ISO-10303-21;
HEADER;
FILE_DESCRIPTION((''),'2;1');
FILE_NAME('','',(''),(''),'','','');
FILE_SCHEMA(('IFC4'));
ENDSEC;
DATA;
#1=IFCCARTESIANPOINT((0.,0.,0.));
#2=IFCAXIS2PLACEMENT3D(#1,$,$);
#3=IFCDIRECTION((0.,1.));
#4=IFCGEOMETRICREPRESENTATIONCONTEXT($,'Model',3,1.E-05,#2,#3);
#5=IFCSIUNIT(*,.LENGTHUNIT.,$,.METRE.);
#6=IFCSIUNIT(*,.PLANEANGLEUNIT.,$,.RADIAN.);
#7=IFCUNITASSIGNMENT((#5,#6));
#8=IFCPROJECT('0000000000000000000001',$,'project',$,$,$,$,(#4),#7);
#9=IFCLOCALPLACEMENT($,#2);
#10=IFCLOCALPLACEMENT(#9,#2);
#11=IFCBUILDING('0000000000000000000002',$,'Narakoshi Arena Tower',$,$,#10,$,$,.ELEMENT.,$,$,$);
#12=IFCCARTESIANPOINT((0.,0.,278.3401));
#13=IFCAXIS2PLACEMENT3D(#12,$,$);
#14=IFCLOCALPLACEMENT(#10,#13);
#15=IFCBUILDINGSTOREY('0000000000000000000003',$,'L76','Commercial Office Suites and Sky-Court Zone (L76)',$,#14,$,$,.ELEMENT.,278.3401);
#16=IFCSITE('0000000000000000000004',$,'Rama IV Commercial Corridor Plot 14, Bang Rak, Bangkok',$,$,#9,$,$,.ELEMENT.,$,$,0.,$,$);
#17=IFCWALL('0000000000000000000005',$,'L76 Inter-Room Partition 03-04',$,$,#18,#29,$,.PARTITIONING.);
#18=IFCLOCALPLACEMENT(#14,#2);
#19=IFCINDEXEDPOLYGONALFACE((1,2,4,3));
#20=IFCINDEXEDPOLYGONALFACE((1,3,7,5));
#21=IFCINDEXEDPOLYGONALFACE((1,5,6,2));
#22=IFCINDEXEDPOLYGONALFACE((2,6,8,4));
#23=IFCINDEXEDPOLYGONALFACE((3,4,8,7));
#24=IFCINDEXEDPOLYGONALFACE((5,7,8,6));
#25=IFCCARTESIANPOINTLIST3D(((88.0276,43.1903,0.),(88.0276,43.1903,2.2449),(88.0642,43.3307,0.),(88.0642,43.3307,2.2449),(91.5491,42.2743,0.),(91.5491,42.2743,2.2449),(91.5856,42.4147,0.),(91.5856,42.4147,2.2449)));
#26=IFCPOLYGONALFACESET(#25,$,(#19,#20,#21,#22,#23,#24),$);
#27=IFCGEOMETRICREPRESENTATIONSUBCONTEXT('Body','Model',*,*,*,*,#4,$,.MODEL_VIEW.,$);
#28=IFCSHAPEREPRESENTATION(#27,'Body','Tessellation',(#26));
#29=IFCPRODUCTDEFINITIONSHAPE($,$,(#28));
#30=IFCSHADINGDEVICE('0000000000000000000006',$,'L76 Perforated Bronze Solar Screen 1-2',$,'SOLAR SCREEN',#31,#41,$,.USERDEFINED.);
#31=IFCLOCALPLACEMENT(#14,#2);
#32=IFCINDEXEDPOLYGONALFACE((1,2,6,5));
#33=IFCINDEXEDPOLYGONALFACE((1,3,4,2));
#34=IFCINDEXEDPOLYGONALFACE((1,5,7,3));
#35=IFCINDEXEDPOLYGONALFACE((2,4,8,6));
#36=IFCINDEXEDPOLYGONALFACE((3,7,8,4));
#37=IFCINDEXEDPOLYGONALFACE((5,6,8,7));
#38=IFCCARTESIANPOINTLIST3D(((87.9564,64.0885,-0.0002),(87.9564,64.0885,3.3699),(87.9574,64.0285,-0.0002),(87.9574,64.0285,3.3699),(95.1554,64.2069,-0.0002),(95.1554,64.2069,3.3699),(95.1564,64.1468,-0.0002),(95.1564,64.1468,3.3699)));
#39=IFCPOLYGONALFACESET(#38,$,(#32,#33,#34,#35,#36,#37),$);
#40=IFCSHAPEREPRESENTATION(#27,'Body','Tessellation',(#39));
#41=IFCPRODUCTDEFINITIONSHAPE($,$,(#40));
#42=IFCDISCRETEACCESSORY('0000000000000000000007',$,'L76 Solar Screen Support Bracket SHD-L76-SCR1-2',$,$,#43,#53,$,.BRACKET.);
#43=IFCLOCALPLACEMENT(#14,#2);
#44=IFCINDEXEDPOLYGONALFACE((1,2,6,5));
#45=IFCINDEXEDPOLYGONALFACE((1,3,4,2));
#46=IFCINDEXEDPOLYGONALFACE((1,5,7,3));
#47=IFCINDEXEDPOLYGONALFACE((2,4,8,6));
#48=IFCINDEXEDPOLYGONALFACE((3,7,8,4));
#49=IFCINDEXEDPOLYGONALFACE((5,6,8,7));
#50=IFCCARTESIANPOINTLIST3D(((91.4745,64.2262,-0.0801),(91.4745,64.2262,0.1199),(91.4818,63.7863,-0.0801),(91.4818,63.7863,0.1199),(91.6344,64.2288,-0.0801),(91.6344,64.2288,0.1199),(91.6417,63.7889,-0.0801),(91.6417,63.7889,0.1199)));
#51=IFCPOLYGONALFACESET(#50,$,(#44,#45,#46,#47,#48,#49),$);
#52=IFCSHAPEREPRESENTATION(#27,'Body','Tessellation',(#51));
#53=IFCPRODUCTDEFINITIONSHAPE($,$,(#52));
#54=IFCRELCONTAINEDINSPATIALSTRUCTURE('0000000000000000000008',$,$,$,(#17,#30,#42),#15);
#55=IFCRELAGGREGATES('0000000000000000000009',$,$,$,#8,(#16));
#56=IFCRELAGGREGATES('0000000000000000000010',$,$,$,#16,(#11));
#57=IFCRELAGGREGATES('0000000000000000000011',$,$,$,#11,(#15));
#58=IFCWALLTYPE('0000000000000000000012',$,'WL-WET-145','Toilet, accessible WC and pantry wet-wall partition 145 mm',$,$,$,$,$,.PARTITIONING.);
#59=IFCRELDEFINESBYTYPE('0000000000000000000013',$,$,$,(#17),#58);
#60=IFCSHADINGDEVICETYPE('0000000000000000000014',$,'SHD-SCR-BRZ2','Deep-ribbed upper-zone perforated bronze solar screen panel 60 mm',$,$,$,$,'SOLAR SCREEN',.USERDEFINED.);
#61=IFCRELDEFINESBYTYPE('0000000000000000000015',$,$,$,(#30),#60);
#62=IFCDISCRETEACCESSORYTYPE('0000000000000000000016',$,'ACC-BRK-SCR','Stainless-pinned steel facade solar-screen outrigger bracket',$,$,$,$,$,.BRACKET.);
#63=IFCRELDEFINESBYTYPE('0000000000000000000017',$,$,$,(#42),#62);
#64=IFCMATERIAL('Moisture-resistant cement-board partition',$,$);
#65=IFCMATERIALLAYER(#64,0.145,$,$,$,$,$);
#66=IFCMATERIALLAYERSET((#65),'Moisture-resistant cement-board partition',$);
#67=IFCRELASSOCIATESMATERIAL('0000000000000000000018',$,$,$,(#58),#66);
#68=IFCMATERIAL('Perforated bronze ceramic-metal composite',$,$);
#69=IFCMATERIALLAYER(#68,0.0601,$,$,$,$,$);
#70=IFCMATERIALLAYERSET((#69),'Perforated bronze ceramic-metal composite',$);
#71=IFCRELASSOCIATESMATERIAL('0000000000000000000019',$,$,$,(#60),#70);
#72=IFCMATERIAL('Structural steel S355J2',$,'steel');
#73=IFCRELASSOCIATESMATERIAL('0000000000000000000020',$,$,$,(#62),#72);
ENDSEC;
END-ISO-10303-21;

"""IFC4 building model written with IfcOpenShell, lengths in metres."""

from ifc_helpers import new_model, si_unit, direction, frame, frame_2d, origin, origin_2d, place, context, subcontext, project, spatial, rectangle, extrude, material, layer, layer_set, type_object, element, save


model = new_model("IFC4")

# Units and contexts
model_context = context("Model", 3, precision=1e-05, world=origin(), true_north=direction((0.0, 1.0)))
body_context = subcontext(model_context, "Body", "Model", "MODEL_VIEW")
ifc_project = project(units=[si_unit("LENGTHUNIT", "METRE"), si_unit("PLANEANGLEUNIT", "RADIAN")], contexts=[model_context])

# Site, building, storey
site_placement = place(None, origin())
site = spatial("IfcSite", under=ifc_project, at=site_placement, Name="Rama IV Commercial Corridor Plot 14, Bang Rak, Bangkok", CompositionType="ELEMENT", RefElevation=0.0)
building_placement = place(site_placement, origin())
building = spatial("IfcBuilding", under=site, at=building_placement, Name="Narakoshi Arena Tower", CompositionType="ELEMENT")
storey_placement = place(building_placement, frame((0.0, 0.0, 278.3401)))
storey = spatial("IfcBuildingStorey", under=building, at=storey_placement, Name="L76", Description="Commercial Office Suites and Sky-Court Zone (L76)", CompositionType="ELEMENT", Elevation=278.3401)

# Shared definitions
ifc_material_1 = material(Name="Structural steel S355J2", Category="steel")

# Wall
ifc_material_2 = material(Name="Moisture-resistant cement-board partition")
ifc_layer_1 = layer(ifc_material_2, 0.145)
ifc_layer_set_1 = layer_set([ifc_layer_1], Name="Moisture-resistant cement-board partition")
wall_type_1 = type_object("IfcWallType", Name="WL-WET-145", Description="Toilet, accessible WC and pantry wet-wall partition 145 mm", PredefinedType="PARTITIONING", material=ifc_layer_set_1)
wall_1_placement = place(storey_placement, frame((88.0459, 43.2605, 0.0), z_axis=(0.0, 0.0, 1.0), x_axis=(0.967794, -0.251744, 0.0)))
element("IfcWall", 1, at=wall_1_placement, inside=storey, type_object=wall_type_1, Name="L76 Inter-Room Partition 03-04", PredefinedType="PARTITIONING", context=body_context, shape_type="SweptSolid", body=[
    extrude(rectangle(XDim=3.6387, YDim=0.145, at=frame_2d((1.8193, 0.0))), origin(), (0.0, 0.0, 1.0), 2.2449),
])

# Shading device
ifc_material_3 = material(Name="Perforated bronze ceramic-metal composite")
ifc_layer_2 = layer(ifc_material_3, 0.0601)
ifc_layer_set_2 = layer_set([ifc_layer_2], Name="Perforated bronze ceramic-metal composite")
shading_device_type = type_object("IfcShadingDeviceType", Name="SHD-SCR-BRZ2", Description="Deep-ribbed upper-zone perforated bronze solar screen panel 60 mm", ElementType="SOLAR SCREEN", PredefinedType="USERDEFINED", material=ifc_layer_set_2)
shading_device_placement = place(storey_placement, frame((91.5564, 64.1177, -0.0002), z_axis=(0.0, 0.0, 1.0), x_axis=(-0.999865, -0.01644, 0.0)))
element("IfcShadingDevice", 2, at=shading_device_placement, inside=storey, type_object=shading_device_type, Name="L76 Perforated Bronze Solar Screen 1-2", ObjectType="SOLAR SCREEN", PredefinedType="USERDEFINED", context=body_context, shape_type="SweptSolid", body=[
    extrude(rectangle(XDim=7.2, YDim=0.0601, at=origin_2d()), origin(), (0.0, 0.0, 1.0), 3.3701),
])

# Discrete accessory
discrete_accessory_type = type_object("IfcDiscreteAccessoryType", Name="ACC-BRK-SCR", Description="Stainless-pinned steel facade solar-screen outrigger bracket", PredefinedType="BRACKET", material=ifc_material_1)
discrete_accessory_placement = place(storey_placement, frame((91.5581, 64.0076, -0.0801), z_axis=(0.0, 0.0, 1.0), x_axis=(-0.999865, -0.01644, 0.0)))
element("IfcDiscreteAccessory", 3, at=discrete_accessory_placement, inside=storey, type_object=discrete_accessory_type, Name="L76 Solar Screen Support Bracket SHD-L76-SCR1-2", PredefinedType="BRACKET", context=body_context, shape_type="SweptSolid", body=[
    extrude(rectangle(XDim=0.1599, YDim=0.4399, at=origin_2d()), origin(), (0.0, 0.0, 1.0), 0.2),
])

save(model, "model.ifc")
